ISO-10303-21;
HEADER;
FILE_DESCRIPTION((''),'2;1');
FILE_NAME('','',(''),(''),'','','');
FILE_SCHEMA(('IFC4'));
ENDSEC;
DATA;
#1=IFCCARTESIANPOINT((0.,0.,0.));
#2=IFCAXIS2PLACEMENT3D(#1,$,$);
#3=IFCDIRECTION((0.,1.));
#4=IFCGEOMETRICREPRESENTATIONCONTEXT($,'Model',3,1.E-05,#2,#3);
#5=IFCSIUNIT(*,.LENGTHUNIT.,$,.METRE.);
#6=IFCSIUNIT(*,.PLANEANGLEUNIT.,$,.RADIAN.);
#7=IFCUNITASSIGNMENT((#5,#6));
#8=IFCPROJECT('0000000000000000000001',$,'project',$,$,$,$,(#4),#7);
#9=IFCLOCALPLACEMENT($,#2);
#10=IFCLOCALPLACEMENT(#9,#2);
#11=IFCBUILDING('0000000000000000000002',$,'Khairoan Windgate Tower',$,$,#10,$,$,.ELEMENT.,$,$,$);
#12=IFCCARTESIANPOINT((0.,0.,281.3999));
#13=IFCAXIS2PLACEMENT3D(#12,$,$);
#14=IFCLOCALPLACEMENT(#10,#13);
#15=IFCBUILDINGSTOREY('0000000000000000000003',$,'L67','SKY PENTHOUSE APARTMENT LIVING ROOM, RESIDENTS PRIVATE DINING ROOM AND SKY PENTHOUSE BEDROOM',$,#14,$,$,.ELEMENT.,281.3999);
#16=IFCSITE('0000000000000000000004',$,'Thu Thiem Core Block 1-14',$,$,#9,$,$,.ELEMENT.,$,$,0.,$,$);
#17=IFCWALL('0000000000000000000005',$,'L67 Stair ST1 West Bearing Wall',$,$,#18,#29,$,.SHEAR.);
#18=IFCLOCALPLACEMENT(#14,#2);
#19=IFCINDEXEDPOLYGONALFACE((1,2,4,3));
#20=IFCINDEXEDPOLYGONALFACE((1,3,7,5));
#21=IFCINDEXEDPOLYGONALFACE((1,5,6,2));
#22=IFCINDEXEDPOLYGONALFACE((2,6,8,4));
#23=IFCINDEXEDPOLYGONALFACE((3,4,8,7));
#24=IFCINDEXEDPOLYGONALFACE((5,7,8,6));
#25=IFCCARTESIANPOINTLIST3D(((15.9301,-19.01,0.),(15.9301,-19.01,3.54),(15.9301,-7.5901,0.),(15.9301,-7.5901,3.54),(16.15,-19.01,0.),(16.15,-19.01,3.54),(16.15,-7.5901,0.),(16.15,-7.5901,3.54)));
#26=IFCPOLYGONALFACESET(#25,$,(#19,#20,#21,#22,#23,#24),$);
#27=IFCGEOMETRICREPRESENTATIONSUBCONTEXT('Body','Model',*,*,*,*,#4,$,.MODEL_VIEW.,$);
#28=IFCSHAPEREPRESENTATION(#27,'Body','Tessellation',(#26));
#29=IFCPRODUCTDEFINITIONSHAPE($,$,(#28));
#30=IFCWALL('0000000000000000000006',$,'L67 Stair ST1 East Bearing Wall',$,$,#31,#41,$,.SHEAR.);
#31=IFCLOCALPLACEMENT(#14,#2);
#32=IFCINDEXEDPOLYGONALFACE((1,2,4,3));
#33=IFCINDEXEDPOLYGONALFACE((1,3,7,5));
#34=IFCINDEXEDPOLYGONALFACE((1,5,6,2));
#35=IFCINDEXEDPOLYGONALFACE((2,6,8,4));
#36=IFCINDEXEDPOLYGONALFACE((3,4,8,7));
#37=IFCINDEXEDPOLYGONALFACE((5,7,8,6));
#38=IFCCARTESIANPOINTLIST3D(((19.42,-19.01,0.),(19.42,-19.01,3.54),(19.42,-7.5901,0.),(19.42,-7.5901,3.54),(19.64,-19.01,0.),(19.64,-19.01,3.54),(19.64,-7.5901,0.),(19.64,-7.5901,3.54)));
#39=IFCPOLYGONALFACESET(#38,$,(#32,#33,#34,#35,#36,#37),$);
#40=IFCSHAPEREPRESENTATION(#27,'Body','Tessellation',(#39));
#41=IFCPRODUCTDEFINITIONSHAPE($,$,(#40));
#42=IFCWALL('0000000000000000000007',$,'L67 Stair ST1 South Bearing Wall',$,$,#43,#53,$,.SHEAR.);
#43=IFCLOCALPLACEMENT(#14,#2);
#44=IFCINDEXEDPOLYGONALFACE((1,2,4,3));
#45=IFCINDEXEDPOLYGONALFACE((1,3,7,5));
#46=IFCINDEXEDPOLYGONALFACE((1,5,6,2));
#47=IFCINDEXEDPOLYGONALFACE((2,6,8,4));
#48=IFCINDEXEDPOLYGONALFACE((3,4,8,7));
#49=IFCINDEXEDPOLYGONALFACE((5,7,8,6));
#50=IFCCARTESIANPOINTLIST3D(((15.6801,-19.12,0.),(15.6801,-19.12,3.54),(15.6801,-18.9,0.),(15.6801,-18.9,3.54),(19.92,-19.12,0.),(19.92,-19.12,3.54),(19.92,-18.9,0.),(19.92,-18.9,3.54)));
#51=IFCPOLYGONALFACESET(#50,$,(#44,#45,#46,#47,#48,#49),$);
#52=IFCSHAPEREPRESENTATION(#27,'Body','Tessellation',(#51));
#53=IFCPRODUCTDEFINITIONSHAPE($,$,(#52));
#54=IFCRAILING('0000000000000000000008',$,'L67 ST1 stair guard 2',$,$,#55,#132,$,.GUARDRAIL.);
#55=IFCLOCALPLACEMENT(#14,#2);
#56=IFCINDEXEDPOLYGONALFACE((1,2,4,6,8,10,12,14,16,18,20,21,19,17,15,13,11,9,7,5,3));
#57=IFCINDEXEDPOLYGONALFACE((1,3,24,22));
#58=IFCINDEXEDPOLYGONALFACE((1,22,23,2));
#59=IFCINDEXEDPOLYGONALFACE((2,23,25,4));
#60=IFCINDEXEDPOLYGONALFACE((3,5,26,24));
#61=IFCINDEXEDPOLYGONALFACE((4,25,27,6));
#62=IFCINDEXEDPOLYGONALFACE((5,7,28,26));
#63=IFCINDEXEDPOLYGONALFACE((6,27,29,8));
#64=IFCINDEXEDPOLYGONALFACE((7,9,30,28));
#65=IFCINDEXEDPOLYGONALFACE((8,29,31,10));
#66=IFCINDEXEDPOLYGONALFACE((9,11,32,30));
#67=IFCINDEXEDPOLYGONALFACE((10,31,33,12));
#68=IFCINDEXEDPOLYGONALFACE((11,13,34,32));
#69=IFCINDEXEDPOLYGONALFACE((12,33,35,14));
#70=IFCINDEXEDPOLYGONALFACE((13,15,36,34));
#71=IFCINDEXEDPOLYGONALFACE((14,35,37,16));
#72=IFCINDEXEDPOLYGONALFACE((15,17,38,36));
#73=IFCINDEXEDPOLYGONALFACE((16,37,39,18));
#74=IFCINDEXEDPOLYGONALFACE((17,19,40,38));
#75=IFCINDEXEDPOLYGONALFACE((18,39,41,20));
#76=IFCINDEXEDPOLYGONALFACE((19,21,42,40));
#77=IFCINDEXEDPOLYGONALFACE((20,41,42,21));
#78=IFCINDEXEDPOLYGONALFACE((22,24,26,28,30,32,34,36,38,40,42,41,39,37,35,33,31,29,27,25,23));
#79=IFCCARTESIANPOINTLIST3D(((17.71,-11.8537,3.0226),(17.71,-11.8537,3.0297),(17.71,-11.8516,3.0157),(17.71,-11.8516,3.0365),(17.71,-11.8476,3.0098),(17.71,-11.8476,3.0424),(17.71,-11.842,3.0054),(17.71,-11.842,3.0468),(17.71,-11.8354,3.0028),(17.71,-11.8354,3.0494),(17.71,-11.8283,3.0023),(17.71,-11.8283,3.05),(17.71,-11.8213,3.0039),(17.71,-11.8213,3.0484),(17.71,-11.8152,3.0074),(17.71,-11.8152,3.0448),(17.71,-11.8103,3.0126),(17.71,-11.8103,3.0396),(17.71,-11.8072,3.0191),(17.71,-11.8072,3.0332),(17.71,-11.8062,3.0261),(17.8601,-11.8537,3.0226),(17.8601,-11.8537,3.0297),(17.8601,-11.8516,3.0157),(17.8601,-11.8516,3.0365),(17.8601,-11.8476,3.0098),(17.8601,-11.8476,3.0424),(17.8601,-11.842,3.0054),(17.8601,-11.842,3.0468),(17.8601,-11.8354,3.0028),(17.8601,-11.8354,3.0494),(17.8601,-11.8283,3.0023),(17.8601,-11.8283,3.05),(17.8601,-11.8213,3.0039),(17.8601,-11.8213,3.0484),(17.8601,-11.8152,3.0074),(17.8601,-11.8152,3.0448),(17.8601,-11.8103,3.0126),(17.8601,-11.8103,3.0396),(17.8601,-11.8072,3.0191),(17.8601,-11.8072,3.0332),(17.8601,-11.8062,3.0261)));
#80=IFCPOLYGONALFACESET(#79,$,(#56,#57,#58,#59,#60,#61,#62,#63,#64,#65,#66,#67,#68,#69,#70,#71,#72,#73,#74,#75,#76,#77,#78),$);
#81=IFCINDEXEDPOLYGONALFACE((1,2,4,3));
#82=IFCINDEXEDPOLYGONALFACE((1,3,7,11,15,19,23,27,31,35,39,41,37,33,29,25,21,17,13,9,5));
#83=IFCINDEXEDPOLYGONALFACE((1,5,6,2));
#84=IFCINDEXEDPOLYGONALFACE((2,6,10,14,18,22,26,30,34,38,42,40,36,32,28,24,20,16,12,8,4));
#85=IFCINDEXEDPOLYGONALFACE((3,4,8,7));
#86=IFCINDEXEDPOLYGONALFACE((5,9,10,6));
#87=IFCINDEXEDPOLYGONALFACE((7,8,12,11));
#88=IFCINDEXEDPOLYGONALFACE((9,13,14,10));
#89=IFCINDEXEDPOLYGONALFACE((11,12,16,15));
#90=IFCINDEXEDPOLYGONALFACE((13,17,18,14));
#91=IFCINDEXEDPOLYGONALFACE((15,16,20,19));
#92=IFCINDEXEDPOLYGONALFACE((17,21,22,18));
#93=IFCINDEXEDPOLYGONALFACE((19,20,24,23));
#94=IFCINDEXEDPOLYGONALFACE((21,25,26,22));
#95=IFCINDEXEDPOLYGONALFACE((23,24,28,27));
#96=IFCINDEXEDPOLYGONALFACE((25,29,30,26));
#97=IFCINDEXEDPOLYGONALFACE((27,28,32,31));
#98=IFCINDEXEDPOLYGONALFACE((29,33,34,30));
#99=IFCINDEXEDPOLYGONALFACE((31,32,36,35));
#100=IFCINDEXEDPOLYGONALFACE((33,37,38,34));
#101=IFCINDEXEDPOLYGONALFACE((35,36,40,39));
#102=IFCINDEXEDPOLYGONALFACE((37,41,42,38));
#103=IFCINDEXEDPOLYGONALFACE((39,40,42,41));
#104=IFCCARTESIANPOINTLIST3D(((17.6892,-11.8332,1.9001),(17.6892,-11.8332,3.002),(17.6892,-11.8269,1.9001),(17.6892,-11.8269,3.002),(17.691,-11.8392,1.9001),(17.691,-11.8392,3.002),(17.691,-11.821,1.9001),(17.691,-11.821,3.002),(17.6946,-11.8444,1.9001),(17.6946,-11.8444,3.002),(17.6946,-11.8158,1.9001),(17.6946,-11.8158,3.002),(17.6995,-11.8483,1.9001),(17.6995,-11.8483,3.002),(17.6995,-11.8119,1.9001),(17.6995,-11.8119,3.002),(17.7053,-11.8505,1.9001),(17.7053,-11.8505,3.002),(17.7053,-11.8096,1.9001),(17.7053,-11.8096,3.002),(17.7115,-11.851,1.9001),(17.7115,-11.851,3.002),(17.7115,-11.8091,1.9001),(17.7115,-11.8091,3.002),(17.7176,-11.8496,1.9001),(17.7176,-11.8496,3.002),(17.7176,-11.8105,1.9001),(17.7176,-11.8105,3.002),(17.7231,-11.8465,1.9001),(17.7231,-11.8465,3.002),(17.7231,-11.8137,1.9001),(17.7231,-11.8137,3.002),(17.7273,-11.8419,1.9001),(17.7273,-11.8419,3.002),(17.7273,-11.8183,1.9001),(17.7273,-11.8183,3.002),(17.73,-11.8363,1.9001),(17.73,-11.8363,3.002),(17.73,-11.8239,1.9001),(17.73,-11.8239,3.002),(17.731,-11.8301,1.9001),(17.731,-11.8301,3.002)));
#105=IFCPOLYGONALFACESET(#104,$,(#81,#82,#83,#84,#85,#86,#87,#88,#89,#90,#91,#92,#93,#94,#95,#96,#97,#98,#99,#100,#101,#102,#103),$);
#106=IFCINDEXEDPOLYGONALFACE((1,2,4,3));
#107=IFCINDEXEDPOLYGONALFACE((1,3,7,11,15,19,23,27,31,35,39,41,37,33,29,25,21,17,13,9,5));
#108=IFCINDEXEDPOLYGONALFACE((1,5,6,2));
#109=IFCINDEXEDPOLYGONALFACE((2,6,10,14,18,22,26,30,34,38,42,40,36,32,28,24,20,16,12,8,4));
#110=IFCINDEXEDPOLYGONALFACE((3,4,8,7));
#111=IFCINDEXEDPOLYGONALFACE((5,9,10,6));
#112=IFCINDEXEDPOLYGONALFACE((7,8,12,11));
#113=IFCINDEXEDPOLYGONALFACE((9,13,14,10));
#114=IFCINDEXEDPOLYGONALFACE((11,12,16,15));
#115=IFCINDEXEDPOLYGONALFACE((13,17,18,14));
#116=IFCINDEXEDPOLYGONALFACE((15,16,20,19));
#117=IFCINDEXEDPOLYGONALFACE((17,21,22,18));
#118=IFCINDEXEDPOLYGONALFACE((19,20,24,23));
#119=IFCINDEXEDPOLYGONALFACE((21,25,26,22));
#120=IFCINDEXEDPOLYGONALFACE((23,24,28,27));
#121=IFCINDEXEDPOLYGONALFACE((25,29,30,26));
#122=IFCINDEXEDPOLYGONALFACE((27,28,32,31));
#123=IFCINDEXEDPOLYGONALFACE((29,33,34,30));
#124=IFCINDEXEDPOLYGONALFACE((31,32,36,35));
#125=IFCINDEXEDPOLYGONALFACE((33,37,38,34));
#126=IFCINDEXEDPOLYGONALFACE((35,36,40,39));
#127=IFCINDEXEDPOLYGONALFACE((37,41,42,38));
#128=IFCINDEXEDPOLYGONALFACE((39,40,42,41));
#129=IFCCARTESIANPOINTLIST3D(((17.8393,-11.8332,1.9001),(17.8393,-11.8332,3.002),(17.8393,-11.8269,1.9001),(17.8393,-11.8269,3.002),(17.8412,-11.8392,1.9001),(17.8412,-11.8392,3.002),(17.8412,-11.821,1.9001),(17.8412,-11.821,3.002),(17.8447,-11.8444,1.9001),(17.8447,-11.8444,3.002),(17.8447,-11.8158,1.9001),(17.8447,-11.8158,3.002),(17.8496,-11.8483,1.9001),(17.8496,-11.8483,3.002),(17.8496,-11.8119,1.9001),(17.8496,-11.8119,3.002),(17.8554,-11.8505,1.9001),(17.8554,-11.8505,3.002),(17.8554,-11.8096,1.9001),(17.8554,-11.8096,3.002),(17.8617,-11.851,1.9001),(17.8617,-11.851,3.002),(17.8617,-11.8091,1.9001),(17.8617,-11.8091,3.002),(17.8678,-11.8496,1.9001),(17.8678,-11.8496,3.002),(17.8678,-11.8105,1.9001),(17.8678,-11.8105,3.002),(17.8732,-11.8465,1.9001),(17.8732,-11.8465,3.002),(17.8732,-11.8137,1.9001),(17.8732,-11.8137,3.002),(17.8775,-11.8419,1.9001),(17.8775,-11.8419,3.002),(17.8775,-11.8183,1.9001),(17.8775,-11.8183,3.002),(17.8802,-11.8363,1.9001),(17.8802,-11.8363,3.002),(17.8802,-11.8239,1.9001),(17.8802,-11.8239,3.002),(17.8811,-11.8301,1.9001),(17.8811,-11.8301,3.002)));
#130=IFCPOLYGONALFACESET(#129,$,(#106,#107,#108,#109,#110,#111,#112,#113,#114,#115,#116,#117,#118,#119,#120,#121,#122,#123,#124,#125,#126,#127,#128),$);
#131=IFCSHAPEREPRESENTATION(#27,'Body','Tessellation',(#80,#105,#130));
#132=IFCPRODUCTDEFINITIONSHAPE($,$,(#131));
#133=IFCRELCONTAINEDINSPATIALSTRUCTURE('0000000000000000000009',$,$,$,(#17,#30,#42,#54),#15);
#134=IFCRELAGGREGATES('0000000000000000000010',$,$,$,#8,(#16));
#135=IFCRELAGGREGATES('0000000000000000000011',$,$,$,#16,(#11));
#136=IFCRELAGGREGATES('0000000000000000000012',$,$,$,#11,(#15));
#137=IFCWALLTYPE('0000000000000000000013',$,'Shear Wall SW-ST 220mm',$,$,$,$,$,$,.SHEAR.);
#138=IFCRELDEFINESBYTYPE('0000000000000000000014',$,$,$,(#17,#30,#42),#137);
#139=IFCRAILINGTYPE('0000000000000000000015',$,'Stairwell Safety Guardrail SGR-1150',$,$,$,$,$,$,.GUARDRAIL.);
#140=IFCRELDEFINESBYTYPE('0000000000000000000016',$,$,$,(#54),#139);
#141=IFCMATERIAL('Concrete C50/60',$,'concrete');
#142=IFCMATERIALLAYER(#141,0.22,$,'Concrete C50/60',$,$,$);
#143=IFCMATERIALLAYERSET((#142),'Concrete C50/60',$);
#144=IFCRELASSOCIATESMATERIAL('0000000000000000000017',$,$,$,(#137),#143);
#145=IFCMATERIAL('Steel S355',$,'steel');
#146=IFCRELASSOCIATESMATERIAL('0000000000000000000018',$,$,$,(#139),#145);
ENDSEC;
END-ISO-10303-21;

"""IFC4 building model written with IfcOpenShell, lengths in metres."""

from ifc_helpers import new_model, si_unit, direction, frame, frame_2d, origin, origin_2d, place, context, subcontext, project, spatial, rectangle, circle, extrude, material, layer, layer_set, type_object, element, save


model = new_model("IFC4")

# Units and contexts
model_context = context("Model", 3, precision=1e-05, world=origin(), true_north=direction((0.0, 1.0)))
body_context = subcontext(model_context, "Body", "Model", "MODEL_VIEW")
ifc_project = project(units=[si_unit("LENGTHUNIT", "METRE"), si_unit("PLANEANGLEUNIT", "RADIAN")], contexts=[model_context])

# Site, building, storey
site_placement = place(None, origin())
site = spatial("IfcSite", under=ifc_project, at=site_placement, Name="Thu Thiem Core Block 1-14", CompositionType="ELEMENT", RefElevation=0.0)
building_placement = place(site_placement, origin())
building = spatial("IfcBuilding", under=site, at=building_placement, Name="Khairoan Windgate Tower", CompositionType="ELEMENT")
storey_placement = place(building_placement, frame((0.0, 0.0, 281.3999)))
storey = spatial("IfcBuildingStorey", under=building, at=storey_placement, Name="L67", Description="SKY PENTHOUSE APARTMENT LIVING ROOM, RESIDENTS PRIVATE DINING ROOM AND SKY PENTHOUSE BEDROOM", CompositionType="ELEMENT", Elevation=281.3999)

# Walls
ifc_material_1 = material(Name="Concrete C50/60", Category="concrete")
ifc_layer_1 = layer(ifc_material_1, 0.22, Name="Concrete C50/60")
ifc_layer_set_1 = layer_set([ifc_layer_1], Name="Concrete C50/60")
wall_type_1 = type_object("IfcWallType", Name="Shear Wall SW-ST 220mm", PredefinedType="SHEAR", material=ifc_layer_set_1)
for number, where, z_axis, x_axis, name in (
    (1, (16.04, -19.01, 0.0), (0.0, 0.0, 1.0), (0.0, 1.0, 0.0), "L67 Stair ST1 West Bearing Wall"),
    (2, (19.53, -19.01, 0.0), (0.0, 0.0, 1.0), (0.0, 1.0, 0.0), "L67 Stair ST1 East Bearing Wall"),
):
    element("IfcWall", number, at=place(storey_placement, frame(where, z_axis=z_axis, x_axis=x_axis)), inside=storey, type_object=wall_type_1, Name=name, PredefinedType="SHEAR", context=body_context, shape_type="SweptSolid", body=[
        extrude(rectangle(XDim=11.4199, YDim=0.22, at=frame_2d((5.71, 0.0))), origin(), (0.0, 0.0, 1.0), 3.54),
    ])
wall_1_placement = place(storey_placement, frame((15.6799, -19.01, 0.0), z_axis=(0.0, 0.0, 1.0), x_axis=(1.0, 0.0, 0.0)))
element("IfcWall", 3, at=wall_1_placement, inside=storey, type_object=wall_type_1, Name="L67 Stair ST1 South Bearing Wall", PredefinedType="SHEAR", context=body_context, shape_type="SweptSolid", body=[
    extrude(rectangle(XDim=4.24, YDim=0.22, at=frame_2d((2.1201, 0.0))), origin(), (0.0, 0.0, 1.0), 3.54),
])

# Railing
ifc_material_2 = material(Name="Steel S355", Category="steel")
railing_type = type_object("IfcRailingType", Name="Stairwell Safety Guardrail SGR-1150", PredefinedType="GUARDRAIL", material=ifc_material_2)
railing_1_placement = place(storey_placement, frame((17.71, -11.8301, 1.9001)))
element("IfcRailing", 4, at=railing_1_placement, inside=storey, type_object=railing_type, Name="L67 ST1 stair guard 2", PredefinedType="GUARDRAIL", context=body_context, shape_type="SweptSolid", body=[
    extrude(circle(Radius=0.0239, at=origin_2d()), frame((0.0, 0.0, 1.126), z_axis=(1.0, 0.0, 0.0), x_axis=(0.0, 1.0, 0.0)), (0.0, 0.0, 1.0), 0.1501),
    extrude(circle(Radius=0.021, at=origin_2d()), origin(), (0.0, 0.0, 1.0), 1.1018),
    extrude(circle(Radius=0.021, at=origin_2d()), frame((0.1501, 0.0, 0.0)), (0.0, 0.0, 1.0), 1.1018),
])

save(model, "model.ifc")
